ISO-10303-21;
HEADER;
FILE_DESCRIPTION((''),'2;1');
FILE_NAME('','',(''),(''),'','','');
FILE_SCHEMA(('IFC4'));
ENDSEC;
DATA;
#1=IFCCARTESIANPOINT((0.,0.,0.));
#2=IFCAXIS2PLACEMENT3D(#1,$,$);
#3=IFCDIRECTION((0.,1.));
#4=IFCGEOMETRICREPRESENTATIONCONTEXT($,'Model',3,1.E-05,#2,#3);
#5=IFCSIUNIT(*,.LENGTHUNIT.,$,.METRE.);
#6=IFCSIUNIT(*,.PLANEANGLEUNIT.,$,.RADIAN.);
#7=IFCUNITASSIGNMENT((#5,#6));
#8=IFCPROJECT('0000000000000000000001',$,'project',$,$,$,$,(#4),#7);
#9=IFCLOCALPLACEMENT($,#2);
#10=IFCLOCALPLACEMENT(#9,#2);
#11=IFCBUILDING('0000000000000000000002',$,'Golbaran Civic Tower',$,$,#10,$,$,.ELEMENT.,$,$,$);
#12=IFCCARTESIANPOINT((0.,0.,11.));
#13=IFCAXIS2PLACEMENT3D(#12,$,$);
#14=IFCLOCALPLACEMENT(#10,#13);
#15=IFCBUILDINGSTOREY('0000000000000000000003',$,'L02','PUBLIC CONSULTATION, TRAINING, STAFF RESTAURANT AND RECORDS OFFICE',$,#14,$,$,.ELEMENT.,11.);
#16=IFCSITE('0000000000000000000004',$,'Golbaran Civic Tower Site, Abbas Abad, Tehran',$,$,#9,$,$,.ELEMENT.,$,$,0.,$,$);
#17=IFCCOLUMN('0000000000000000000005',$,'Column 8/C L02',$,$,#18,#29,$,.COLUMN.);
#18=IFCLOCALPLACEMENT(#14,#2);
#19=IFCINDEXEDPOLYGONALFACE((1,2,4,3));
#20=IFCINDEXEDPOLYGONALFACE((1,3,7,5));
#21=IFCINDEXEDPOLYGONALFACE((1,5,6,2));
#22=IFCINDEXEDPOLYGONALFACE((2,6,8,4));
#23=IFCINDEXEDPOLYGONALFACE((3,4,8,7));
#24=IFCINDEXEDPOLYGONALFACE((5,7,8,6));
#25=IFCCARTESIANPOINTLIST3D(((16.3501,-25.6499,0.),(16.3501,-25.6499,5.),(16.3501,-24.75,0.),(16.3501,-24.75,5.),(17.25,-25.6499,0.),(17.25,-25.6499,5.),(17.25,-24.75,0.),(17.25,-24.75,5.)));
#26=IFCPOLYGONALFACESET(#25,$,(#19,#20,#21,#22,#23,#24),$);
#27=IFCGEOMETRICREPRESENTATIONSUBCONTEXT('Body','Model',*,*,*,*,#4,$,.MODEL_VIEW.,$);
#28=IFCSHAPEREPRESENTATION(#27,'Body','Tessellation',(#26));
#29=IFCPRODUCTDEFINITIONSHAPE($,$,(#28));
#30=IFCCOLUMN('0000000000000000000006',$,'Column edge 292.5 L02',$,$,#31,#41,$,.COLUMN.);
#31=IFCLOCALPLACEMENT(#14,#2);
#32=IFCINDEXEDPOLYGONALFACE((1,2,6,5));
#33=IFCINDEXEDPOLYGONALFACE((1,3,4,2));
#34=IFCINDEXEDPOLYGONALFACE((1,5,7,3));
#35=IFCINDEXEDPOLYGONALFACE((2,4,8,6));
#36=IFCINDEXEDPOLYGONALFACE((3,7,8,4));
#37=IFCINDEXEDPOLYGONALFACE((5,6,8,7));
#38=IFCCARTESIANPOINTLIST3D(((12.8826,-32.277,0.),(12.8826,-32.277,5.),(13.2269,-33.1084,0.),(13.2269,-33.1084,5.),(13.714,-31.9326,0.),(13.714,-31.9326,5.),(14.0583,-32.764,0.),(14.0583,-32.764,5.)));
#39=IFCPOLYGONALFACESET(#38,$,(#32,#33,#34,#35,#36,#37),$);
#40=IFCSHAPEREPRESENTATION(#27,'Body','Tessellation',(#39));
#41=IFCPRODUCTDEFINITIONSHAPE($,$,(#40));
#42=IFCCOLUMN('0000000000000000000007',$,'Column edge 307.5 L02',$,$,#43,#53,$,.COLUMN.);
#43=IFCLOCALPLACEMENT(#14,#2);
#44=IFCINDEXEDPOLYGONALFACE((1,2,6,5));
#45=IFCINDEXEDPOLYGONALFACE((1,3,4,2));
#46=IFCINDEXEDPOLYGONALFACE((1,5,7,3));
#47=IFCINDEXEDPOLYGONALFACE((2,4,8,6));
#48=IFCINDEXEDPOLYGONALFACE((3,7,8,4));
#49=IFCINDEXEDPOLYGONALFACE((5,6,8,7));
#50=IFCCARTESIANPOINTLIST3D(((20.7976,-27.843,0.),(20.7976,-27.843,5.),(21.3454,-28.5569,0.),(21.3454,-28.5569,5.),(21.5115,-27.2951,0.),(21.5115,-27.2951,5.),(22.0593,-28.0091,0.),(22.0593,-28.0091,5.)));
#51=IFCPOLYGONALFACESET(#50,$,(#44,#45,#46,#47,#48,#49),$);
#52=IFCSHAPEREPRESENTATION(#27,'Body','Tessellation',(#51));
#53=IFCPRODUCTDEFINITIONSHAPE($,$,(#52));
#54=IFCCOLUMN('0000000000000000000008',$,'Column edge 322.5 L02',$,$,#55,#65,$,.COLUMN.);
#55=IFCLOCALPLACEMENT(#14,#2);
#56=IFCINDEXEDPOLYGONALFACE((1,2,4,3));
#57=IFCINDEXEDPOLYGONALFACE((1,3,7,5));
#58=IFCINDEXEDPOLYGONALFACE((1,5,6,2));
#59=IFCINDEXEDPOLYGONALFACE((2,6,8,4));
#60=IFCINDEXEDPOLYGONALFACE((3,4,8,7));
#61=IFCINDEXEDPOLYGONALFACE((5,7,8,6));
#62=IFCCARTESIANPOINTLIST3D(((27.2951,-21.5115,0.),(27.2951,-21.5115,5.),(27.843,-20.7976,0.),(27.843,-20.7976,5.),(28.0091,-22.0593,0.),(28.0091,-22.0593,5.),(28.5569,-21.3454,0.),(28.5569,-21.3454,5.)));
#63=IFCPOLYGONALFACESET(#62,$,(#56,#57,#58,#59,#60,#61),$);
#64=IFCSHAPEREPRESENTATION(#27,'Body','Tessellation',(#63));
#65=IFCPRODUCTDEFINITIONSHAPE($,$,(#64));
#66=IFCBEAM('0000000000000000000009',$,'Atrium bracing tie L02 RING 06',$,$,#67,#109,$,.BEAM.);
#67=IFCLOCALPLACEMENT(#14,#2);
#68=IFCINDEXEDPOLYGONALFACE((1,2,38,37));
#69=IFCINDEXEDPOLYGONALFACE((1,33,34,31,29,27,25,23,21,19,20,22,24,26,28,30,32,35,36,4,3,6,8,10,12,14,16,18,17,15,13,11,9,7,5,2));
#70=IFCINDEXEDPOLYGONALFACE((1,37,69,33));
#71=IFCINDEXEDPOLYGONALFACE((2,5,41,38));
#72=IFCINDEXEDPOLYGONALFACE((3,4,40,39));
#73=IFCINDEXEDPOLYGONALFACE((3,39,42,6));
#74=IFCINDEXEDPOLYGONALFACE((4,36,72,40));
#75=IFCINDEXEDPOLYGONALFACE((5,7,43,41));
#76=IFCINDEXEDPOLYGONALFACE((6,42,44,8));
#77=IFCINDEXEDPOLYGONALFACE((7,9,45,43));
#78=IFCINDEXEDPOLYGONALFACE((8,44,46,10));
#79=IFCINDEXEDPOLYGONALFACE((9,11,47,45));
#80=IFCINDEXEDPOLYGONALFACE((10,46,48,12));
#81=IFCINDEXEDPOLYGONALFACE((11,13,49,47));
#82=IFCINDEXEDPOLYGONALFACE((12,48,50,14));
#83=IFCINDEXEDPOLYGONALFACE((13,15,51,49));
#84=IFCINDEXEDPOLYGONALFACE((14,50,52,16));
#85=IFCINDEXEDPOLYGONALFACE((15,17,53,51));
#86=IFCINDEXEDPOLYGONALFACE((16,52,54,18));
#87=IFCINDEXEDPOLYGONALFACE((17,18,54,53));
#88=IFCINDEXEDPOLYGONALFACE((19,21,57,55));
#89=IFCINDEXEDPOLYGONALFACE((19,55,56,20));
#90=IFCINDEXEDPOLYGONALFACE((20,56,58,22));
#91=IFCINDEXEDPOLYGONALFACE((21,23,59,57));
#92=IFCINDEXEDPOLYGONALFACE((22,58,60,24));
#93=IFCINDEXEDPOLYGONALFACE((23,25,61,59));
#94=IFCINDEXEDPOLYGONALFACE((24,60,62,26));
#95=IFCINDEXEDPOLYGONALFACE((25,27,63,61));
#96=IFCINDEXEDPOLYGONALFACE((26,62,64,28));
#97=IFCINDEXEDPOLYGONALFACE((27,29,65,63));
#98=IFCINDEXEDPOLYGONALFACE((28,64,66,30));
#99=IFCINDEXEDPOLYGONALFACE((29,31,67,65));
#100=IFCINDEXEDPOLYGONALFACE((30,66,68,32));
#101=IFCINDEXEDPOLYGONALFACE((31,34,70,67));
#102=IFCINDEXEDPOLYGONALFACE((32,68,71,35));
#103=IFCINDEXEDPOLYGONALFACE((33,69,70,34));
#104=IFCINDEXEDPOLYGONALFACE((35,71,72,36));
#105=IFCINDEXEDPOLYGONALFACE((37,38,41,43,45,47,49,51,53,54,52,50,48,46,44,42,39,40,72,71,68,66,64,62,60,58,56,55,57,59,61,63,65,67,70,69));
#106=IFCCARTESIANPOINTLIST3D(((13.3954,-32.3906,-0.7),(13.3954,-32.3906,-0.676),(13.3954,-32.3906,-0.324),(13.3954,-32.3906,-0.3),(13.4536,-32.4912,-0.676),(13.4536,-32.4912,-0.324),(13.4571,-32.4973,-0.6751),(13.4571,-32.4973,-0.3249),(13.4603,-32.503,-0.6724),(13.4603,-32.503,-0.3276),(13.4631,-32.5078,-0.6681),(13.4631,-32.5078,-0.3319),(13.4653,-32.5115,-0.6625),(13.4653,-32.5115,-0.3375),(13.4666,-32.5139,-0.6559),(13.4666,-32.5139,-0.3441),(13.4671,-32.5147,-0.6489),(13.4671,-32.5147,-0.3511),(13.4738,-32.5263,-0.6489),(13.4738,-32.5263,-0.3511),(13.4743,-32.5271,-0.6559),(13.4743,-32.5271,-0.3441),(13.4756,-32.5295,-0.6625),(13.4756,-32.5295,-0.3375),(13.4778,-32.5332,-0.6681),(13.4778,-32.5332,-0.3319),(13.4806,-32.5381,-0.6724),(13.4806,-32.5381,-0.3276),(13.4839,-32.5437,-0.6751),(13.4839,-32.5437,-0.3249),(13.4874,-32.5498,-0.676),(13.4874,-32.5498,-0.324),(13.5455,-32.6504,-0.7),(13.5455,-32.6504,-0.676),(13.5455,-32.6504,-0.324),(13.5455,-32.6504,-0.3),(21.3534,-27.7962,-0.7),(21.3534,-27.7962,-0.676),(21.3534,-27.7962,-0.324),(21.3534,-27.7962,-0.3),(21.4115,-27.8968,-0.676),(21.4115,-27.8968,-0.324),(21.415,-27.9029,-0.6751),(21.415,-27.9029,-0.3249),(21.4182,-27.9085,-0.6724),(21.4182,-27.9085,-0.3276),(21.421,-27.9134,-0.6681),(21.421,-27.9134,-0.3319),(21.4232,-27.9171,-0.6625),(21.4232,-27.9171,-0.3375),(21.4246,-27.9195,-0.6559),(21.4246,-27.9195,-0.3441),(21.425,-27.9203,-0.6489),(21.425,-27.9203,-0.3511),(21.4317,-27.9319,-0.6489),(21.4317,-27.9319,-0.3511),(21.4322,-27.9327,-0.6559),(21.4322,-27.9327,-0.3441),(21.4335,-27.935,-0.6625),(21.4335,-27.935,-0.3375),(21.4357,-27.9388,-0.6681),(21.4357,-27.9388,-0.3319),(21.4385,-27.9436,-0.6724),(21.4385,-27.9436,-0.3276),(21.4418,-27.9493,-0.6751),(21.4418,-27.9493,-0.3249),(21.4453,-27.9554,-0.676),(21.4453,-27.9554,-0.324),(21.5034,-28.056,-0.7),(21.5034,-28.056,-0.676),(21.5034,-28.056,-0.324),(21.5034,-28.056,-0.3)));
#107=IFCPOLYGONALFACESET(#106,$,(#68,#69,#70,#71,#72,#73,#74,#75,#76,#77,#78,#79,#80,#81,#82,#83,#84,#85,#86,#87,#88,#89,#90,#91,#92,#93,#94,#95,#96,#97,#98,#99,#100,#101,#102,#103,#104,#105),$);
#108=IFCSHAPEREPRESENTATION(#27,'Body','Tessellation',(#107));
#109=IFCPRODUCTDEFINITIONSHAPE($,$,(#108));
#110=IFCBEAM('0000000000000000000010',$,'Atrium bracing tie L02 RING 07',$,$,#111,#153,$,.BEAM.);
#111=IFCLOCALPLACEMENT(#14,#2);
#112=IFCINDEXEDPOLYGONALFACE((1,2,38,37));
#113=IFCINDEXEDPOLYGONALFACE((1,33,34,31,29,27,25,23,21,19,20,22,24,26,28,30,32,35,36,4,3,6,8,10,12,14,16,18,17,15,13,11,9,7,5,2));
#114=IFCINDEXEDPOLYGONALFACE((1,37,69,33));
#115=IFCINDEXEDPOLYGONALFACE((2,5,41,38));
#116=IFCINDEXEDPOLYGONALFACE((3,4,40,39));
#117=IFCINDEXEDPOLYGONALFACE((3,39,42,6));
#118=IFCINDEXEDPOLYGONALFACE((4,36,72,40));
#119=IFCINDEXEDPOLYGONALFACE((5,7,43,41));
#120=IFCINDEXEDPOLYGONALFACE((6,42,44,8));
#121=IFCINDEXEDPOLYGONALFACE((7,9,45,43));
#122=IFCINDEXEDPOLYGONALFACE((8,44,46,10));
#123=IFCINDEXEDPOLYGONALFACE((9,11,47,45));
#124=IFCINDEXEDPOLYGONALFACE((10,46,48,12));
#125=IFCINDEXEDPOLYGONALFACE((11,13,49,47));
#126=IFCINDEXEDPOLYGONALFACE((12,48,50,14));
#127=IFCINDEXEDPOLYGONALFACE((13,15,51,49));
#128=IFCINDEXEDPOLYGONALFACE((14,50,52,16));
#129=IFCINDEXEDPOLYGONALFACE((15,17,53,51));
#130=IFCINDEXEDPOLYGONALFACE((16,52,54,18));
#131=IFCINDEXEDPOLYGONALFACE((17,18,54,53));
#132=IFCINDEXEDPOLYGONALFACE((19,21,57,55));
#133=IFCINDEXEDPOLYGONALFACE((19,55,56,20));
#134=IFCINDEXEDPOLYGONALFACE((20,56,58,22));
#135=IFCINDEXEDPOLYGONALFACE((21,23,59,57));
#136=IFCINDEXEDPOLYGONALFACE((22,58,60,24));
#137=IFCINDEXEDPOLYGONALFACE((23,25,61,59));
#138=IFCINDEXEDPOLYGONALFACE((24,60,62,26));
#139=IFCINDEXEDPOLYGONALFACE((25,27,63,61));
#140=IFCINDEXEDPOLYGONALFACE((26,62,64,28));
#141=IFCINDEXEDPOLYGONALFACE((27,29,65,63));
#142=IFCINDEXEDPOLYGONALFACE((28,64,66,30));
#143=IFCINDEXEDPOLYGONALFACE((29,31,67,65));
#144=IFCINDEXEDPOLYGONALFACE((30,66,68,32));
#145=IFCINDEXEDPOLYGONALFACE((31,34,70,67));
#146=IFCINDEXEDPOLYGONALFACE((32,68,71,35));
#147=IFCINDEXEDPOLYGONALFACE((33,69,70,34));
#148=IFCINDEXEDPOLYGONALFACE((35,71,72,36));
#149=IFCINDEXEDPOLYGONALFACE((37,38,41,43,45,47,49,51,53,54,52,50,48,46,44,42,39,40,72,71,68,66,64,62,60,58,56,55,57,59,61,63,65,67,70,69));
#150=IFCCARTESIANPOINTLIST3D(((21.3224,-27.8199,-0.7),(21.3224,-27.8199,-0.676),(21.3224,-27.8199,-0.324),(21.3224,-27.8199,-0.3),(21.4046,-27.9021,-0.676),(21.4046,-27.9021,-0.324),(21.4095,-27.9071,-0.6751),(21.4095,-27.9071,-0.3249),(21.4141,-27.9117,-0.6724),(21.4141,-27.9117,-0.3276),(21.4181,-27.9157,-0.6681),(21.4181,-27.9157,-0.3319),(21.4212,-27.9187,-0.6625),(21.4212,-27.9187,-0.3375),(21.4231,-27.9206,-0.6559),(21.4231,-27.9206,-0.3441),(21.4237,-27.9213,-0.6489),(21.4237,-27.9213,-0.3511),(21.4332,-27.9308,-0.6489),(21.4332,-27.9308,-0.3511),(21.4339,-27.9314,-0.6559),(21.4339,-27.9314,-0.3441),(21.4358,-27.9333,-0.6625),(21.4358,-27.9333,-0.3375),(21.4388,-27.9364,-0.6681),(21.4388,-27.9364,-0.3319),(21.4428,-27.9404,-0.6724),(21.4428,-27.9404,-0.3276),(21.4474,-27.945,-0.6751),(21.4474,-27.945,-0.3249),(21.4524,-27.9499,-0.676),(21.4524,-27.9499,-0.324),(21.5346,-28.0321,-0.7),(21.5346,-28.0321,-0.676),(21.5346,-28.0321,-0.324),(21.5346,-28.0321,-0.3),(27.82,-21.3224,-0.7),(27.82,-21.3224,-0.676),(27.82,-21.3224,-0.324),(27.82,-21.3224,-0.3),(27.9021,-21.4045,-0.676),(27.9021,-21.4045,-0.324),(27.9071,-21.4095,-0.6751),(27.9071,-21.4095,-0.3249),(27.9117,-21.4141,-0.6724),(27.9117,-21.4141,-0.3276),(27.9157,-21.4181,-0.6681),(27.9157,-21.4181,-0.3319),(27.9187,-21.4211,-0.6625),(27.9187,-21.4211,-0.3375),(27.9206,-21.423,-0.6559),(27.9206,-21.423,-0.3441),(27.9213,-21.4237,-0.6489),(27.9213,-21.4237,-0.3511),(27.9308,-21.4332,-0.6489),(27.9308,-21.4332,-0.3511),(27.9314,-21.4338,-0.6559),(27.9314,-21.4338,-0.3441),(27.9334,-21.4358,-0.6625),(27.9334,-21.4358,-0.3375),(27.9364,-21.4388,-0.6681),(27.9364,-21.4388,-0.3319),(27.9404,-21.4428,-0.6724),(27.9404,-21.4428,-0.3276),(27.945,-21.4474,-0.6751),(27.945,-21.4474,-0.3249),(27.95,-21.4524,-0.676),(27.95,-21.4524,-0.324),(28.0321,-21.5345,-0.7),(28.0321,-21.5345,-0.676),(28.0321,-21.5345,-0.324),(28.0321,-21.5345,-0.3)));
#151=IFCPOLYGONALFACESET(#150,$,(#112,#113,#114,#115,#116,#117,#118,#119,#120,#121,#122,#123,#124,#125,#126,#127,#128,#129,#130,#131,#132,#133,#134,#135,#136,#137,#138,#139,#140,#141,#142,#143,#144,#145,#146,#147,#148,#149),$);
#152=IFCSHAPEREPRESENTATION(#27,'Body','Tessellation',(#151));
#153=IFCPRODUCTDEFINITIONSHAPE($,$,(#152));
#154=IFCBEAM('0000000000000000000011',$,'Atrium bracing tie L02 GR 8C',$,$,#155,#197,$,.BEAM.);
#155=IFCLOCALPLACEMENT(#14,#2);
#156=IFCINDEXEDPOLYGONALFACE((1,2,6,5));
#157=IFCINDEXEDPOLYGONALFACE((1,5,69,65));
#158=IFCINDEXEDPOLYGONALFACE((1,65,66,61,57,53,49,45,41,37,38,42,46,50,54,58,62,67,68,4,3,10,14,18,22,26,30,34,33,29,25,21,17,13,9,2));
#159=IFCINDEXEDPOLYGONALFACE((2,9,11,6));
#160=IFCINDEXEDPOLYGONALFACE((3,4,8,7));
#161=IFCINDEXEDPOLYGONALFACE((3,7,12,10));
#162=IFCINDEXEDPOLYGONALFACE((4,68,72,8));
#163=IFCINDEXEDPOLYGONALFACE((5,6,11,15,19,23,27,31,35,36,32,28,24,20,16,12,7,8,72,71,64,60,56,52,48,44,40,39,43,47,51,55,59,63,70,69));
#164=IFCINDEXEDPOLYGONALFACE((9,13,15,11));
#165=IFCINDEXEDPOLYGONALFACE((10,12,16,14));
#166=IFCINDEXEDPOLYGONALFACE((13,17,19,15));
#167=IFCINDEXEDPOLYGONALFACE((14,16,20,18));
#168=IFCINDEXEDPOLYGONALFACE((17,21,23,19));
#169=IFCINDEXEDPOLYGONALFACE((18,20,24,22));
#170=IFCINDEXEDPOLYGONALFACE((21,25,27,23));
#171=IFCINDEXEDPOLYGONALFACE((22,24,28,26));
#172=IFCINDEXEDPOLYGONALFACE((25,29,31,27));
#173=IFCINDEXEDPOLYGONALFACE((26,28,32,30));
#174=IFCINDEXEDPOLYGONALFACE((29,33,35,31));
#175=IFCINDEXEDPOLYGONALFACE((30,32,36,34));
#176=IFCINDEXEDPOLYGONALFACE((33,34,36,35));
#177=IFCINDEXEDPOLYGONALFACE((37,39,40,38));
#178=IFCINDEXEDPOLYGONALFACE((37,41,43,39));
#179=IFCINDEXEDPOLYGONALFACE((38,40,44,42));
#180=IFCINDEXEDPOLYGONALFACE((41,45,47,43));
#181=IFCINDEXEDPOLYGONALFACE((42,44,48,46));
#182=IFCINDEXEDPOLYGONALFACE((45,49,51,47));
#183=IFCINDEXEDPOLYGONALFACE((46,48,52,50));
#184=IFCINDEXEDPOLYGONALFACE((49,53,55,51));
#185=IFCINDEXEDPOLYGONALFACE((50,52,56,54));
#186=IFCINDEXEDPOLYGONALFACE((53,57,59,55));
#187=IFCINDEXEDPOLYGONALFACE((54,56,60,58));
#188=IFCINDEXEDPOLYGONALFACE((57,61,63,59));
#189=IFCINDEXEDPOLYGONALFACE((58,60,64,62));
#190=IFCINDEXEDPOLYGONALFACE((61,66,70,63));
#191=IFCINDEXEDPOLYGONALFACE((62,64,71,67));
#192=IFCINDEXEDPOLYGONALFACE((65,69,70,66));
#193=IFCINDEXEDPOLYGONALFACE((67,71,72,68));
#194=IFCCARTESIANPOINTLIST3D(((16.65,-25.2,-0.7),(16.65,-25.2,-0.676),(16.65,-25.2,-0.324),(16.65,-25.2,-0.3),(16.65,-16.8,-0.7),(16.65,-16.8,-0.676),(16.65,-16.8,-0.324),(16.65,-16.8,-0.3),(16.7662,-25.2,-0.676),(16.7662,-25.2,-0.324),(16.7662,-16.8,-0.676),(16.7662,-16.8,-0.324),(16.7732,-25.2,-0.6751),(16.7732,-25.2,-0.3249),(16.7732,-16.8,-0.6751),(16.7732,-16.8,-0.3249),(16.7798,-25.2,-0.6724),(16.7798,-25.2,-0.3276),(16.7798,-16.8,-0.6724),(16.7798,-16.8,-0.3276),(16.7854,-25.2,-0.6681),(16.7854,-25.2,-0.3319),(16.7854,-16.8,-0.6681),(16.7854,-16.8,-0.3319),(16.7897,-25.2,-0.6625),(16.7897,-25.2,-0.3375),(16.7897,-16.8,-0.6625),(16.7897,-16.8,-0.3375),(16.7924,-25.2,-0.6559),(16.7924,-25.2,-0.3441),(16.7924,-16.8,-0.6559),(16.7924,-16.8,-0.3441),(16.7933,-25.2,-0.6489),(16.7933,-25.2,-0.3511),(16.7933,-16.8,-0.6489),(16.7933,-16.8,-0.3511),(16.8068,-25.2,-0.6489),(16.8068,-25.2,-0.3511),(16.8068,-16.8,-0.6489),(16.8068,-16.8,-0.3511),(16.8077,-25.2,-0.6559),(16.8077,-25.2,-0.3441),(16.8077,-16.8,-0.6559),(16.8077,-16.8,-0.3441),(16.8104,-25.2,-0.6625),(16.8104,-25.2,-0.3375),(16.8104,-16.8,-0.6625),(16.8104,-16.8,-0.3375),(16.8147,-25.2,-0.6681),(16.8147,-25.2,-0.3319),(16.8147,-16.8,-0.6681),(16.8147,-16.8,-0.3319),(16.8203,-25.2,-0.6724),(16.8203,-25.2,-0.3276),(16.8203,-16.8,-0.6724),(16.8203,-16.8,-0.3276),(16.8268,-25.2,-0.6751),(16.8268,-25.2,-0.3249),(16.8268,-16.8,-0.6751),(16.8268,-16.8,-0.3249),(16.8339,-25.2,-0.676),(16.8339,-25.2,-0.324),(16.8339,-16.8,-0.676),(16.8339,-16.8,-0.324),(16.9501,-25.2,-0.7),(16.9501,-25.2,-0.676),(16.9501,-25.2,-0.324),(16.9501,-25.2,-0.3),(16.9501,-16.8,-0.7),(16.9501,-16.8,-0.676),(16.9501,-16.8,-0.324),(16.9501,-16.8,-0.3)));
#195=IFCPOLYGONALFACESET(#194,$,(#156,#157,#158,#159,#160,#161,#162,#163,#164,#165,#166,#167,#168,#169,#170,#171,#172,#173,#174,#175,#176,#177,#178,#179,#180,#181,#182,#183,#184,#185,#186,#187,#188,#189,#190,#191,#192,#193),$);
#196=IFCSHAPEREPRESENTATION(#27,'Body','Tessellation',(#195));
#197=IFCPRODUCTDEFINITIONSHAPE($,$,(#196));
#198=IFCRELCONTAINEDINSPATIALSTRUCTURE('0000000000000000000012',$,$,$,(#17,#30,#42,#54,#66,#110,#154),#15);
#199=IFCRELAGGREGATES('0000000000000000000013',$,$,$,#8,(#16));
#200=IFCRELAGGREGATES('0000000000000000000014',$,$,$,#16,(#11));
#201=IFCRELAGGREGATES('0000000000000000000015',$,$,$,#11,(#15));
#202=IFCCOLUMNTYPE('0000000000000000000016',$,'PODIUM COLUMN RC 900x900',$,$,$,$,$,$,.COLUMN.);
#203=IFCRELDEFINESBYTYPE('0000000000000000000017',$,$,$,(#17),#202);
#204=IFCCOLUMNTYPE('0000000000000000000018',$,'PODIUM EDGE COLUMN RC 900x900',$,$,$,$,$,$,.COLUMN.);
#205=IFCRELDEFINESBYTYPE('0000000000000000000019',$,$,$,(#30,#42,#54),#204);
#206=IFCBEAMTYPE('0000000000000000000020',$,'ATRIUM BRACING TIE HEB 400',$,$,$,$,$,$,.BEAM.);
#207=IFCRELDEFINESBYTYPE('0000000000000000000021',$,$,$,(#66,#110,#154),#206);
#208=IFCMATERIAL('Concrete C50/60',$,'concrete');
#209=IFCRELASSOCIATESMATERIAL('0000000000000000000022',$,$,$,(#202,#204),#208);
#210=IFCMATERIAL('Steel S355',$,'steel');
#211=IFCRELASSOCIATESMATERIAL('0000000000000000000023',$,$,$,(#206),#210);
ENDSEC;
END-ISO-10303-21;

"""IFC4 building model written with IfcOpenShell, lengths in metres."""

from ifc_helpers import new_model, si_unit, direction, frame, origin, origin_2d, place, context, subcontext, project, spatial, rectangle, i_section, extrude, material, material_profile, profile_set, type_object, element, save


model = new_model("IFC4")

# Units and contexts
model_context = context("Model", 3, precision=1e-05, world=origin(), true_north=direction((0.0, 1.0)))
body_context = subcontext(model_context, "Body", "Model", "MODEL_VIEW")
ifc_project = project(units=[si_unit("LENGTHUNIT", "METRE"), si_unit("PLANEANGLEUNIT", "RADIAN")], contexts=[model_context])

# Site, building, storey
site_placement = place(None, origin())
site = spatial("IfcSite", under=ifc_project, at=site_placement, Name="Golbaran Civic Tower Site, Abbas Abad, Tehran", CompositionType="ELEMENT", RefElevation=0.0)
building_placement = place(site_placement, origin())
building = spatial("IfcBuilding", under=site, at=building_placement, Name="Golbaran Civic Tower", CompositionType="ELEMENT")
storey_placement = place(building_placement, frame((0.0, 0.0, 11.0)))
storey = spatial("IfcBuildingStorey", under=building, at=storey_placement, Name="L02", Description="PUBLIC CONSULTATION, TRAINING, STAFF RESTAURANT AND RECORDS OFFICE", CompositionType="ELEMENT", Elevation=11.0)

# Columns
ifc_material_1 = material(Name="Concrete C50/60", Category="concrete")
ifc_material_profile_1 = material_profile(ifc_material_1, rectangle(XDim=0.8999, YDim=0.8999, at=origin_2d()), Name="RC 900x900")
ifc_profile_set_1 = profile_set([ifc_material_profile_1], Name="Concrete C50/60")
column_type_1 = type_object("IfcColumnType", Name="PODIUM COLUMN RC 900x900", PredefinedType="COLUMN", material=ifc_profile_set_1)
column_placement = place(storey_placement, frame((16.8, -25.2, 0.0), z_axis=(0.0, 0.0, 1.0), x_axis=(1.0, 0.0, 0.0)))
element("IfcColumn", 1, at=column_placement, inside=storey, type_object=column_type_1, Name="Column 8/C L02", PredefinedType="COLUMN", context=body_context, shape_type="SweptSolid", body=[
    extrude(rectangle(XDim=0.8999, YDim=0.8999, at=origin_2d()), origin(), (0.0, 0.0, 1.0), 5.0),
])
ifc_material_profile_2 = material_profile(ifc_material_1, rectangle(XDim=0.8999, YDim=0.8999, at=origin_2d()), Name="RC 900x900")
ifc_profile_set_2 = profile_set([ifc_material_profile_2], Name="Concrete C50/60")
column_type_2 = type_object("IfcColumnType", Name="PODIUM EDGE COLUMN RC 900x900", PredefinedType="COLUMN", material=ifc_profile_set_2)
for number, where, z_axis, x_axis, name in (
    (2, (13.4705, -32.5205, 0.0), (0.0, 0.0, 1.0), (0.382683, -0.92388, 0.0), "Column edge 292.5 L02"),
    (3, (21.4285, -27.926, 0.0), (0.0, 0.0, 1.0), (0.608761, -0.793353, 0.0), "Column edge 307.5 L02"),
    (4, (27.926, -21.4285, 0.0), (0.0, 0.0, 1.0), (0.793353, -0.608761, 0.0), "Column edge 322.5 L02"),
):
    element("IfcColumn", number, at=place(storey_placement, frame(where, z_axis=z_axis, x_axis=x_axis)), inside=storey, type_object=column_type_2, Name=name, PredefinedType="COLUMN", context=body_context, shape_type="SweptSolid", body=[
        extrude(rectangle(XDim=0.8999, YDim=0.8999, at=origin_2d()), origin(), (0.0, 0.0, 1.0), 5.0),
    ])

# Beams
ifc_material_2 = material(Name="Steel S355", Category="steel")
ifc_material_profile_3 = material_profile(ifc_material_2, i_section(OverallWidth=0.3, OverallDepth=0.3999, WebThickness=0.0134, FlangeThickness=0.0239, FilletRadius=0.0271, at=origin_2d()), Name="HEB 400")
ifc_profile_set_3 = profile_set([ifc_material_profile_3], Name="Steel S355")
beam_type = type_object("IfcBeamType", Name="ATRIUM BRACING TIE HEB 400", PredefinedType="BEAM", material=ifc_profile_set_3)
for number, where, z_axis, x_axis, name in (
    (5, (13.4705, -32.5205, -0.5), (0.866029, 0.499994, 0.0), (-0.499994, 0.866029, 0.0), "Atrium bracing tie L02 RING 06"),
    (6, (21.4285, -27.926, -0.5), (0.707107, 0.707107, 0.0), (-0.707107, 0.707107, 0.0), "Atrium bracing tie L02 RING 07"),
):
    element("IfcBeam", number, at=place(storey_placement, frame(where, z_axis=z_axis, x_axis=x_axis)), inside=storey, type_object=beam_type, Name=name, PredefinedType="BEAM", context=body_context, shape_type="SweptSolid", body=[
        extrude(i_section(OverallWidth=0.3, OverallDepth=0.3999, WebThickness=0.0134, FlangeThickness=0.0239, FilletRadius=0.0271, at=origin_2d()), origin(), (0.0, 0.0, 1.0), 9.189),
    ])
beam_1_placement = place(storey_placement, frame((16.8, -25.2, -0.5), z_axis=(0.0, 1.0, 0.0), x_axis=(-1.0, 0.0, 0.0)))
element("IfcBeam", 7, at=beam_1_placement, inside=storey, type_object=beam_type, Name="Atrium bracing tie L02 GR 8C", PredefinedType="BEAM", context=body_context, shape_type="SweptSolid", body=[
    extrude(i_section(OverallWidth=0.3, OverallDepth=0.3999, WebThickness=0.0134, FlangeThickness=0.0239, FilletRadius=0.0271, at=origin_2d()), origin(), (0.0, 0.0, 1.0), 8.3999),
])

save(model, "model.ifc")
